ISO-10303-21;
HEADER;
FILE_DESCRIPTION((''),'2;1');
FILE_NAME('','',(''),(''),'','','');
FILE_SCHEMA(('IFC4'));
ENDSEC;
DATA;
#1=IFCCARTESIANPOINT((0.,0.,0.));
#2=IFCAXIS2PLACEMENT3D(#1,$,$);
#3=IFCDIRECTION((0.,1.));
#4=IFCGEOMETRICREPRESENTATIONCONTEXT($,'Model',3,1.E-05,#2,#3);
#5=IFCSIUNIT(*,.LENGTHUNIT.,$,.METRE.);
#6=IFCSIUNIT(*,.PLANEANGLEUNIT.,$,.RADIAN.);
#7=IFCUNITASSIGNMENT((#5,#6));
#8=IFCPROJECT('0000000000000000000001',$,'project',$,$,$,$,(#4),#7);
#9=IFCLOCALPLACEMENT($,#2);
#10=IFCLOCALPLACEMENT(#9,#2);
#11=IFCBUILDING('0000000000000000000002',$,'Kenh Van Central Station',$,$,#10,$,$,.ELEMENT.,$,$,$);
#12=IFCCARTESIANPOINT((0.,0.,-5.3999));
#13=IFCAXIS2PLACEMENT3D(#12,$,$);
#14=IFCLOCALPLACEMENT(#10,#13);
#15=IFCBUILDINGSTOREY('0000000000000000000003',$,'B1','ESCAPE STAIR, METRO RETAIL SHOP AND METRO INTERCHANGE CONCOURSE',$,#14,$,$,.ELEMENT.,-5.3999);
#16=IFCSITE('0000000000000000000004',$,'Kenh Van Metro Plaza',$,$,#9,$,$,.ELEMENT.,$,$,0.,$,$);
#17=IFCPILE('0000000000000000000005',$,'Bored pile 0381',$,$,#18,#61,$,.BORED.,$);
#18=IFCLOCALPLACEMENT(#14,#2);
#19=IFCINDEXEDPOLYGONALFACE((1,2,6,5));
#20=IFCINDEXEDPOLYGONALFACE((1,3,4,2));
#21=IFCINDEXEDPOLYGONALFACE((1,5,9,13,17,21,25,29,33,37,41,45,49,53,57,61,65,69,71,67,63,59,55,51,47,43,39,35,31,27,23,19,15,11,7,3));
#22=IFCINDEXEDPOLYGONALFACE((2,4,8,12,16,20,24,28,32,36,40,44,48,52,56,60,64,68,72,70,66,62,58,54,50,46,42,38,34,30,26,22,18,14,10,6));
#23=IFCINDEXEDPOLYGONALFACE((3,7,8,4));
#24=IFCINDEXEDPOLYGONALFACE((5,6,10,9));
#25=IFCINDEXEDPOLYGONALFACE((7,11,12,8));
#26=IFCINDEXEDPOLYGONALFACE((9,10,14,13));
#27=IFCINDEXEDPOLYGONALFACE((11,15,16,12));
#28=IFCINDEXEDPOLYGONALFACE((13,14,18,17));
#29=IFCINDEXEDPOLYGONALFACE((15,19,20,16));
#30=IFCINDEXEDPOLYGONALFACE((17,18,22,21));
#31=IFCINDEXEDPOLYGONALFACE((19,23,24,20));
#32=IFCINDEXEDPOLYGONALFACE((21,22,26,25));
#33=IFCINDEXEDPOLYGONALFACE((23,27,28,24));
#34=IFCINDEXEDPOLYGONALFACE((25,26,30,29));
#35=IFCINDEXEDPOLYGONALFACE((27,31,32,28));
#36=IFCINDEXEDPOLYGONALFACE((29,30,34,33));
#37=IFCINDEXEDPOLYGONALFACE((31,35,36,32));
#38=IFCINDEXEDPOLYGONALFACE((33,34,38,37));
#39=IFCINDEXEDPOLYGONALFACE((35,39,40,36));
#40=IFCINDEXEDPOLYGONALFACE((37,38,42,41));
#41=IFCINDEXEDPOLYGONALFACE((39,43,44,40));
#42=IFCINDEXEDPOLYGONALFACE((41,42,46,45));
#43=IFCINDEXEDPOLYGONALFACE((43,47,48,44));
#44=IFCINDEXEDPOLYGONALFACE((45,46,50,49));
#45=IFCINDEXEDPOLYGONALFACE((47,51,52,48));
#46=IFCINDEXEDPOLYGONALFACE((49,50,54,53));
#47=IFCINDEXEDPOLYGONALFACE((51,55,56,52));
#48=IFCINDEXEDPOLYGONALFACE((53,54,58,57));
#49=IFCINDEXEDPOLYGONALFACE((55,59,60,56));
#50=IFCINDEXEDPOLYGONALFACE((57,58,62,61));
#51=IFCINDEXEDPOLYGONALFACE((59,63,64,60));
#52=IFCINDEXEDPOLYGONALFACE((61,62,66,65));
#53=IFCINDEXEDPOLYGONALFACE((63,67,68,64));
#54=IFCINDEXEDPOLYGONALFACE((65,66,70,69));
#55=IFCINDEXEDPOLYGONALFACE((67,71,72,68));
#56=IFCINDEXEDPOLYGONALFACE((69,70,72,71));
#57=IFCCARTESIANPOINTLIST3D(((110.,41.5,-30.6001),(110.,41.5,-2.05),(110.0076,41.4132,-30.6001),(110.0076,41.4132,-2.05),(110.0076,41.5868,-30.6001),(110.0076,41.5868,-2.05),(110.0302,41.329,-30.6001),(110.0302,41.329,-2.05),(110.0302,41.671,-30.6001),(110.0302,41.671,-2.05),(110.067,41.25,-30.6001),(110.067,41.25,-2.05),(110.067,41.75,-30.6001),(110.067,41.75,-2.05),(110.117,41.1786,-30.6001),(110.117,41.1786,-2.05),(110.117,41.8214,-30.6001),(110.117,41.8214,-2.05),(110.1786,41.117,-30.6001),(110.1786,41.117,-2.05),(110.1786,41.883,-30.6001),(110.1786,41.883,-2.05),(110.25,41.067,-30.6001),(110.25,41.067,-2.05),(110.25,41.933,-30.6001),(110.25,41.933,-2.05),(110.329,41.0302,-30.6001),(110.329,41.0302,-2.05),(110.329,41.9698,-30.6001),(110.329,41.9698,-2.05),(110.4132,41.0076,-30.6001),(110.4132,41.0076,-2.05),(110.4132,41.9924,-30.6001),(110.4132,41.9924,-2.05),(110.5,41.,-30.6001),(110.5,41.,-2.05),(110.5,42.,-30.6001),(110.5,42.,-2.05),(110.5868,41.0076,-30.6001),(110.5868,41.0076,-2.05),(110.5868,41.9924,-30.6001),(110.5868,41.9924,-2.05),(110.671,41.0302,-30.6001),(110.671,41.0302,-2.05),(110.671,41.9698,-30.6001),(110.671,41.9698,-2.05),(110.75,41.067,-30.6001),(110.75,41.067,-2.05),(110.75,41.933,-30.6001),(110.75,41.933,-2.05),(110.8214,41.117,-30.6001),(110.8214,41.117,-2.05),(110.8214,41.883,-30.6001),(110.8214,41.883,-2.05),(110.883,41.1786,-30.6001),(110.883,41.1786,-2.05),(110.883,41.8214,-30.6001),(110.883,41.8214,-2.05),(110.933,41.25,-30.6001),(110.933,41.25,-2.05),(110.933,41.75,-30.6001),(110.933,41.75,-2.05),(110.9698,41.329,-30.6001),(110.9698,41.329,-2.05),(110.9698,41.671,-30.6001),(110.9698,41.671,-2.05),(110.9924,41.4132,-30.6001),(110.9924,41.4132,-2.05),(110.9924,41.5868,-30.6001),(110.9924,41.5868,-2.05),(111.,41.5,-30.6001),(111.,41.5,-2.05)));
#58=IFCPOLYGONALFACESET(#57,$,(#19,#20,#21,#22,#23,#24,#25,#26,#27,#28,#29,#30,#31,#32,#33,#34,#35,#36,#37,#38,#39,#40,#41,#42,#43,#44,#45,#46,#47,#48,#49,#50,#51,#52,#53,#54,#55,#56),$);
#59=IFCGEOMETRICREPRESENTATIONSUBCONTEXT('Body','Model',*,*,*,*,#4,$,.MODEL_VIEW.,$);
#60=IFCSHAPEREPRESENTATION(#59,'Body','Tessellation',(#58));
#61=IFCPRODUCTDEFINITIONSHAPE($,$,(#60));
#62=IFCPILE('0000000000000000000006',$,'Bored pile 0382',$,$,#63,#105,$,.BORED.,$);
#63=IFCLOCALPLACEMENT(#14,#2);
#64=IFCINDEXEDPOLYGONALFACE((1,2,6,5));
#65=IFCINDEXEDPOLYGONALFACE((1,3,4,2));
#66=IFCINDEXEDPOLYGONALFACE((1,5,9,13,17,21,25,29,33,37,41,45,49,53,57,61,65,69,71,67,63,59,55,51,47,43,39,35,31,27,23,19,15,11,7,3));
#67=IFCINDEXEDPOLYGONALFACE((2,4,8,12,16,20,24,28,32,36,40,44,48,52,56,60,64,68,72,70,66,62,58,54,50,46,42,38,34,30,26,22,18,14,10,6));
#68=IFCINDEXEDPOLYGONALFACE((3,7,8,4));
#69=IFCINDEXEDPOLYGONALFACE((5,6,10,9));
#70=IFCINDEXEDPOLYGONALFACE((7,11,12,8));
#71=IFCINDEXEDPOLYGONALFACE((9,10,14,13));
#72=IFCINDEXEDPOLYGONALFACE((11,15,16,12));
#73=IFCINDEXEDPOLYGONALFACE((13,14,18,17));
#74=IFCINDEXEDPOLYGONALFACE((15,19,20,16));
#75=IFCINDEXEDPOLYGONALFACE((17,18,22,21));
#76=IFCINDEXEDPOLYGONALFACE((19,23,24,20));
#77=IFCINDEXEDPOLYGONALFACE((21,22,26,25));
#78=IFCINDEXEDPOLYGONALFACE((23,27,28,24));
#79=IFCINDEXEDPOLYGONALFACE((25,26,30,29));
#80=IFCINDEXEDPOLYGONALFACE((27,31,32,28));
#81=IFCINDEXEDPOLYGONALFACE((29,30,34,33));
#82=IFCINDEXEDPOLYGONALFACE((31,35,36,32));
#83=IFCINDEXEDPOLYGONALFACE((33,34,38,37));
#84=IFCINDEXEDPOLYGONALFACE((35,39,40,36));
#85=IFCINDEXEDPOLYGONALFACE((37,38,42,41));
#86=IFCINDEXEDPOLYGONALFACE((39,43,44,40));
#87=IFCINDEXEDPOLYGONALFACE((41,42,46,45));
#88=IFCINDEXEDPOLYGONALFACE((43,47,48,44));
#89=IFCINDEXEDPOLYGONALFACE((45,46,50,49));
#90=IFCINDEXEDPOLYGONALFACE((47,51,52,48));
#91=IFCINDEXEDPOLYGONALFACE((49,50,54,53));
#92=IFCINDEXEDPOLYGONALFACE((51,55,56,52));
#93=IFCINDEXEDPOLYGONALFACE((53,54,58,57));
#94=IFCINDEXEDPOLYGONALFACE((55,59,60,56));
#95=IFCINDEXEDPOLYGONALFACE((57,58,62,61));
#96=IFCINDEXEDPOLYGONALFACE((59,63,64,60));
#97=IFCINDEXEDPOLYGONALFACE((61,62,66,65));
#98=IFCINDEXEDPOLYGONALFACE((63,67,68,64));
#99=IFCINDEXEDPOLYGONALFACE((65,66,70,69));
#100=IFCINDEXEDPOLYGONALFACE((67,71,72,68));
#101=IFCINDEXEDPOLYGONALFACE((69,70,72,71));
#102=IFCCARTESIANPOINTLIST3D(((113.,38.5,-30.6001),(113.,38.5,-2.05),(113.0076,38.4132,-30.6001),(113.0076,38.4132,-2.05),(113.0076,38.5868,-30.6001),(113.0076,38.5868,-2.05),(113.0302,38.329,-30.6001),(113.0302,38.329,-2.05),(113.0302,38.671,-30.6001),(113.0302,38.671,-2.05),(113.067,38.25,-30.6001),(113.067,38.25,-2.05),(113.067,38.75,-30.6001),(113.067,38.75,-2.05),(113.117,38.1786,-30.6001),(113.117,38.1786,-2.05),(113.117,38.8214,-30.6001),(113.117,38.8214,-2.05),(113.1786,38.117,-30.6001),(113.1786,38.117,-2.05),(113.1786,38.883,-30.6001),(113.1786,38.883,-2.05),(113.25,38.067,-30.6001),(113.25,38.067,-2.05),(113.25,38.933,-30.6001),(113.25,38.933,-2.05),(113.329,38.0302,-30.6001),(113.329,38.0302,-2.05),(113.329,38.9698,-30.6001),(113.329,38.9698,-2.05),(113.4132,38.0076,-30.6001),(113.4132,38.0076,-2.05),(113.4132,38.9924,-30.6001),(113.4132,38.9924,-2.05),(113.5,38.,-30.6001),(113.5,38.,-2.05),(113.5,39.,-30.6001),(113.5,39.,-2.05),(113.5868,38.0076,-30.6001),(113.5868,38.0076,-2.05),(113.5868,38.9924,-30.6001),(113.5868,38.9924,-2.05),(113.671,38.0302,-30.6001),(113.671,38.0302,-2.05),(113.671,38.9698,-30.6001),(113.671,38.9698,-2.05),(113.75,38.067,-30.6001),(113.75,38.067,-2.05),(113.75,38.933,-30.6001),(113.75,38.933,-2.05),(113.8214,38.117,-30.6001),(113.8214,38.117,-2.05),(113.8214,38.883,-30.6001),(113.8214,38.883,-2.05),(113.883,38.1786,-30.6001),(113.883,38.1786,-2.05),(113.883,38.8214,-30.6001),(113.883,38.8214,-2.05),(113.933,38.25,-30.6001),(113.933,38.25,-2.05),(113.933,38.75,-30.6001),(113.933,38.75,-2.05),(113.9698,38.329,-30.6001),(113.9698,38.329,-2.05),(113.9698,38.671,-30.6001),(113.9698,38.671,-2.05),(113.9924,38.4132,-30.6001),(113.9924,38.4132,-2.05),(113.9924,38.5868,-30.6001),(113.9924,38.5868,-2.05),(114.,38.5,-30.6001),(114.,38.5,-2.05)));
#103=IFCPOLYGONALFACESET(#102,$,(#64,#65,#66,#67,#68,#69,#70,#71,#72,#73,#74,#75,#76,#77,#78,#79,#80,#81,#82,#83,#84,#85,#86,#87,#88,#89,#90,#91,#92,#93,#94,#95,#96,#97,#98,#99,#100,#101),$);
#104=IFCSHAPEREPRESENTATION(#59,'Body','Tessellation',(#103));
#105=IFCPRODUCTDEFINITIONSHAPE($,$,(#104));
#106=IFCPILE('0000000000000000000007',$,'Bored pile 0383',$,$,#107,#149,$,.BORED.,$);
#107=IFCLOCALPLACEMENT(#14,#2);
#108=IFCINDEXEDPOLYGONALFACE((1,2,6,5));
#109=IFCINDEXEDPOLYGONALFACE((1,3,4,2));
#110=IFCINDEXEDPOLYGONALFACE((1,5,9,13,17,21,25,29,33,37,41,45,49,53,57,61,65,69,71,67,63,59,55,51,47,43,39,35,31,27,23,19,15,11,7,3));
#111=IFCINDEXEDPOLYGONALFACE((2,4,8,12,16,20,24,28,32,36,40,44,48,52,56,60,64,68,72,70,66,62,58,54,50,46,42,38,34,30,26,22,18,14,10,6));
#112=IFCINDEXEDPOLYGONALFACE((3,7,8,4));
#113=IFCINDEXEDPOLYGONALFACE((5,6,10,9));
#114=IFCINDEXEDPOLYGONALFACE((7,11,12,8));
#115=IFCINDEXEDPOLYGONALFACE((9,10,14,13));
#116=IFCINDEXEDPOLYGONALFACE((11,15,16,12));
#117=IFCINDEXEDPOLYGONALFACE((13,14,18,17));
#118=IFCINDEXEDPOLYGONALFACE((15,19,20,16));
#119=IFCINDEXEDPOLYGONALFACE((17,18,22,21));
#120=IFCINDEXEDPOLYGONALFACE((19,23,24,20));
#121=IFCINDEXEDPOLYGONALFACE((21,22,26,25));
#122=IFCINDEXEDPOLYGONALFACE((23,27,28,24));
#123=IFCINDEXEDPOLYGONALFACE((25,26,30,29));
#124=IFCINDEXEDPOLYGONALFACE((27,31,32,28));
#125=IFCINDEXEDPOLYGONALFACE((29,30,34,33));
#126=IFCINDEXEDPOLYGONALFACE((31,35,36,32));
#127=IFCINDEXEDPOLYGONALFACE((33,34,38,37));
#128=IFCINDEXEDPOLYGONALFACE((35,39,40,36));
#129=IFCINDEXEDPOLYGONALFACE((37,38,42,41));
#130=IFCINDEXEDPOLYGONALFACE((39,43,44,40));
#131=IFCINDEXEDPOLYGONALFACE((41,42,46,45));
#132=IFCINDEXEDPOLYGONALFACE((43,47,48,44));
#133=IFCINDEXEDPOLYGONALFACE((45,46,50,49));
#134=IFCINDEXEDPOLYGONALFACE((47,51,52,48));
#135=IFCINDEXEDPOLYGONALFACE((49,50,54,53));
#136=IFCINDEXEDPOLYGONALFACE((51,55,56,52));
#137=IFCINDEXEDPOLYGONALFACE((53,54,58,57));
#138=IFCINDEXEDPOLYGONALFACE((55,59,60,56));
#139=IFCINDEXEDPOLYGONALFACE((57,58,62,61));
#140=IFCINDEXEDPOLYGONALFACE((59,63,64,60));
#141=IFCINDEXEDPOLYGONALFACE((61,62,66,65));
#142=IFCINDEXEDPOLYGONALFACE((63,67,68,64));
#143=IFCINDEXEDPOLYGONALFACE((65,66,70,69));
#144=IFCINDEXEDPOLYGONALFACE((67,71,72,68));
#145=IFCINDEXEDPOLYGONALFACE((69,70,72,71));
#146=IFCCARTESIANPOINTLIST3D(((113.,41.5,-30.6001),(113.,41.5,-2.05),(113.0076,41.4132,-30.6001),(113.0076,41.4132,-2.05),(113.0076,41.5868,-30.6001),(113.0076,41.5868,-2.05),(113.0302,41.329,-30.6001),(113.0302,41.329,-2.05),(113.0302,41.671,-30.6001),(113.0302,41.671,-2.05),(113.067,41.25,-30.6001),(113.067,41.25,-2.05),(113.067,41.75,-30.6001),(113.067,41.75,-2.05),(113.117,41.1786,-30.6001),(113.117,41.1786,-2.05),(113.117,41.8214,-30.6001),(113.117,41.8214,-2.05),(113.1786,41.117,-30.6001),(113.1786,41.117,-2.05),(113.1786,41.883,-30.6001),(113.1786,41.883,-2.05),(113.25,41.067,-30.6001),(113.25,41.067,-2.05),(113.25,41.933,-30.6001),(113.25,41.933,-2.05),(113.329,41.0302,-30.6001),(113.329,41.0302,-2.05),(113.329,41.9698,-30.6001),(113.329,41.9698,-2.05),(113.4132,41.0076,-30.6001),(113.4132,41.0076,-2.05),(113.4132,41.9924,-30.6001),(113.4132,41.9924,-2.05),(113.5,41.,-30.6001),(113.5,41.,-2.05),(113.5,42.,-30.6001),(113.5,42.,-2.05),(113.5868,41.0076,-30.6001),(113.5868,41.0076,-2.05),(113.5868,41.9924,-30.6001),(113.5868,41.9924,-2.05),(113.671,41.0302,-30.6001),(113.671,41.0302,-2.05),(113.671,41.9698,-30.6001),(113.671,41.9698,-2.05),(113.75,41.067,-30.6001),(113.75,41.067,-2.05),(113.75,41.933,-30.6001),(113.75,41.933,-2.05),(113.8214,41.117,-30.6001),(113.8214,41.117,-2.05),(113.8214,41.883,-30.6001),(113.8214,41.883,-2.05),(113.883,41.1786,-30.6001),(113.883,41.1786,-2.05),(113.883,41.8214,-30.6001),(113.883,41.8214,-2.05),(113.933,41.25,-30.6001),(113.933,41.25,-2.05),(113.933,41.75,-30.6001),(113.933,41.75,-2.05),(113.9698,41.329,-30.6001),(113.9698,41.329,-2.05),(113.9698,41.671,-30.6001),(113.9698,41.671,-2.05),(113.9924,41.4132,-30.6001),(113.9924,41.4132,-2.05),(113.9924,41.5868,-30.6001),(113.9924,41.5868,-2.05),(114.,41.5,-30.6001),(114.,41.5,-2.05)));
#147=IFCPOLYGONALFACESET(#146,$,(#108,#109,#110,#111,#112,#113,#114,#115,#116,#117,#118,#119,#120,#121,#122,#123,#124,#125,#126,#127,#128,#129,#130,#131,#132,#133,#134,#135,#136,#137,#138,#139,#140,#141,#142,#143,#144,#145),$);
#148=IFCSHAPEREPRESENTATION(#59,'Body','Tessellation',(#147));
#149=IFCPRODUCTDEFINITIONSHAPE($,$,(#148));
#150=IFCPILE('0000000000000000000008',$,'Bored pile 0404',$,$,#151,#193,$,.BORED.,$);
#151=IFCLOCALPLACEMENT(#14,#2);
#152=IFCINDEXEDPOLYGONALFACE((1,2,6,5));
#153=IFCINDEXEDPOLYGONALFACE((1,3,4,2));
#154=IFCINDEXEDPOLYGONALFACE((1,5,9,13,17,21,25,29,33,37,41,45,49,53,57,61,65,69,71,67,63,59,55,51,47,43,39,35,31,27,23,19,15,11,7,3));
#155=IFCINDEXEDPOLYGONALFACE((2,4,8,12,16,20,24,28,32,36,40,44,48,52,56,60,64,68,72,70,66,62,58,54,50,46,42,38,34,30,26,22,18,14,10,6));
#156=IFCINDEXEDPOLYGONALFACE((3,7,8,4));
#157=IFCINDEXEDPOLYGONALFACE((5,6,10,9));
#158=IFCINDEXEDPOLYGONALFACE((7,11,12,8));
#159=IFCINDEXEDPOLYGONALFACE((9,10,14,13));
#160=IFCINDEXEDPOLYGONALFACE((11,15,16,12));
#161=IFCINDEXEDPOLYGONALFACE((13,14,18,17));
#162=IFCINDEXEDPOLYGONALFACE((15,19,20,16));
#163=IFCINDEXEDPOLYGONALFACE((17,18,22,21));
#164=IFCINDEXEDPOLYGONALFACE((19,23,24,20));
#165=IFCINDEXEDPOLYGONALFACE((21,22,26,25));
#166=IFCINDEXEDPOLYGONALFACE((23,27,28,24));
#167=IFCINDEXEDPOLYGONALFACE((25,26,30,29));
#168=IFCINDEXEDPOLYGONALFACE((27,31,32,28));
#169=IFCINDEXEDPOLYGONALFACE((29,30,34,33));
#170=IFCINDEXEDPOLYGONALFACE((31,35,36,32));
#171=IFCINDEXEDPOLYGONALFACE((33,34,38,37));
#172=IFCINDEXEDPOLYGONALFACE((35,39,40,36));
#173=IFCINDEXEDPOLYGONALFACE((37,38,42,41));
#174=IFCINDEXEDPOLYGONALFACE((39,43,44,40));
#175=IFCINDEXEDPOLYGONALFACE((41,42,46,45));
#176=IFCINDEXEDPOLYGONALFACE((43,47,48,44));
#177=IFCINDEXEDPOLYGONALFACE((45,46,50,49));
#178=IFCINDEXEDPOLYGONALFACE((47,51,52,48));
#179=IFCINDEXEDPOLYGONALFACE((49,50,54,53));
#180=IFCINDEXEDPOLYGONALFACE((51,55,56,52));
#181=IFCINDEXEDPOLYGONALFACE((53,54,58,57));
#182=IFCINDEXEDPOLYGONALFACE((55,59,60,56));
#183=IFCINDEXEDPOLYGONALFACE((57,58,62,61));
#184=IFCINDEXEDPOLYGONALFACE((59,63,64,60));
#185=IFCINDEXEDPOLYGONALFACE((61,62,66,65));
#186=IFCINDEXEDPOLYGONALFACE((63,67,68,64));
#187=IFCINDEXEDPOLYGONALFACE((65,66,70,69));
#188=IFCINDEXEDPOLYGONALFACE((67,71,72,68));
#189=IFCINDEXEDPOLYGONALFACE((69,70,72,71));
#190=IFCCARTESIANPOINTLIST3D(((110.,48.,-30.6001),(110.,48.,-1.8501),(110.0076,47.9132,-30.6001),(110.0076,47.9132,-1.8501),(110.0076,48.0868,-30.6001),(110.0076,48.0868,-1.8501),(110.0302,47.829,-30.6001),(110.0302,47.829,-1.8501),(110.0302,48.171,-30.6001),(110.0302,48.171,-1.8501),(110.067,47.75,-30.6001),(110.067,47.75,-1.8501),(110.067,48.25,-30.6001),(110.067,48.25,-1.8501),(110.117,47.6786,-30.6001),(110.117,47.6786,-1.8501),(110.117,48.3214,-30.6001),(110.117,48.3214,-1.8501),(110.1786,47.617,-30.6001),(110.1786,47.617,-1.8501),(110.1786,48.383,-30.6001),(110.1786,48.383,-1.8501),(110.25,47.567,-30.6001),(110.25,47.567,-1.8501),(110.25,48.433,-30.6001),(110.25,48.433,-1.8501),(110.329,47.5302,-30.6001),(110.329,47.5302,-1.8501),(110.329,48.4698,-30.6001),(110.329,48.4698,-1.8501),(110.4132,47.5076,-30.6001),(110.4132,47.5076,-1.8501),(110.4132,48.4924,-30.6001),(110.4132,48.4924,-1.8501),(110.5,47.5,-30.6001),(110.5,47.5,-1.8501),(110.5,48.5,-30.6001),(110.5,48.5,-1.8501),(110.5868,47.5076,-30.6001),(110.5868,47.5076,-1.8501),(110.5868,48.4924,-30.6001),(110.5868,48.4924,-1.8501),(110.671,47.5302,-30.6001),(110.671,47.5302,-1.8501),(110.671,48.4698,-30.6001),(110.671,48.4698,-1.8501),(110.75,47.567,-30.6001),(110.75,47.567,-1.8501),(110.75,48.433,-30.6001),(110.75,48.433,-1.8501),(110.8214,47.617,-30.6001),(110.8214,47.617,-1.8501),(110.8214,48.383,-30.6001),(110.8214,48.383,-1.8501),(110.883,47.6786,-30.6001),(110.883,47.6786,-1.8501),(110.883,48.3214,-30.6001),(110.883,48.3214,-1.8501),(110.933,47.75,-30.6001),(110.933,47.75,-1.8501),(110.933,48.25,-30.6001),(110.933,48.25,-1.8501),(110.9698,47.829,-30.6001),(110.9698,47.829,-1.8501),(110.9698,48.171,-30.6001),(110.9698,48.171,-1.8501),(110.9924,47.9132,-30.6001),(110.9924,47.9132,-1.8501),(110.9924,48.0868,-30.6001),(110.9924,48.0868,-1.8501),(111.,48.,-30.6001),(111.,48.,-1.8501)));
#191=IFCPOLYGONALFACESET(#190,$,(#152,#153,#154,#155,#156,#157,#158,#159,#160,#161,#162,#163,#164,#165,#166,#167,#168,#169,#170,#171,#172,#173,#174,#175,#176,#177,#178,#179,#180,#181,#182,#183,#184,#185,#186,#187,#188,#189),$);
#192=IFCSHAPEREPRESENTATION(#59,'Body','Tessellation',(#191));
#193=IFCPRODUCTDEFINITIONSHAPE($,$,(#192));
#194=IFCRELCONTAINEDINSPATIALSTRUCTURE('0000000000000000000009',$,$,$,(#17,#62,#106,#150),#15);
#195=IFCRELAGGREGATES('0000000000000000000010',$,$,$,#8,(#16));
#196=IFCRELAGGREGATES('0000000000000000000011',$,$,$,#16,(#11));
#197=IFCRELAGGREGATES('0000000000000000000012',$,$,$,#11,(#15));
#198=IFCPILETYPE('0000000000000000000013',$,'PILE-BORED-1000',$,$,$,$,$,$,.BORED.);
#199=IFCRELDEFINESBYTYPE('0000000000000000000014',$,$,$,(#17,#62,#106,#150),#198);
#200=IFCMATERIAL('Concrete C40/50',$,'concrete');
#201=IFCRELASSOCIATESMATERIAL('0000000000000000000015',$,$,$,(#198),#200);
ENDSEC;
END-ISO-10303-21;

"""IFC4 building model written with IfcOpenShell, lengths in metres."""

from ifc_helpers import new_model, si_unit, direction, frame, origin, origin_2d, place, context, subcontext, project, spatial, circle, extrude, material, material_profile, profile_set, type_object, element, save


model = new_model("IFC4")

# Units and contexts
model_context = context("Model", 3, precision=1e-05, world=origin(), true_north=direction((0.0, 1.0)))
body_context = subcontext(model_context, "Body", "Model", "MODEL_VIEW")
ifc_project = project(units=[si_unit("LENGTHUNIT", "METRE"), si_unit("PLANEANGLEUNIT", "RADIAN")], contexts=[model_context])

# Site, building, storey
site_placement = place(None, origin())
site = spatial("IfcSite", under=ifc_project, at=site_placement, Name="Kenh Van Metro Plaza", CompositionType="ELEMENT", RefElevation=0.0)
building_placement = place(site_placement, origin())
building = spatial("IfcBuilding", under=site, at=building_placement, Name="Kenh Van Central Station", CompositionType="ELEMENT")
storey_placement = place(building_placement, frame((0.0, 0.0, -5.3999)))
storey = spatial("IfcBuildingStorey", under=building, at=storey_placement, Name="B1", Description="ESCAPE STAIR, METRO RETAIL SHOP AND METRO INTERCHANGE CONCOURSE", CompositionType="ELEMENT", Elevation=-5.3999)

# Shared definitions
ifc_material_1 = material(Name="Concrete C40/50", Category="concrete")

# Piles
ifc_material_profile_1 = material_profile(ifc_material_1, circle(Radius=0.5, at=origin_2d()), Name="PILE D1000")
ifc_profile_set_1 = profile_set([ifc_material_profile_1], Name="Concrete C40/50")
pile_type_1 = type_object("IfcPileType", Name="PILE-BORED-1000", PredefinedType="BORED", material=ifc_profile_set_1)
for number, where, z_axis, x_axis, name in (
    (1, (110.5, 41.5, -2.05), (0.0, 0.0, -1.0), (1.0, 0.0, 0.0), "Bored pile 0381"),
    (2, (113.5, 38.5, -2.05), (0.0, 0.0, -1.0), (1.0, 0.0, 0.0), "Bored pile 0382"),
    (3, (113.5, 41.5, -2.05), (0.0, 0.0, -1.0), (1.0, 0.0, 0.0), "Bored pile 0383"),
):
    element("IfcPile", number, at=place(storey_placement, frame(where, z_axis=z_axis, x_axis=x_axis)), inside=storey, type_object=pile_type_1, Name=name, PredefinedType="BORED", context=body_context, shape_type="SweptSolid", body=[
        extrude(circle(Radius=0.5, at=origin_2d()), origin(), (0.0, 0.0, 1.0), 28.55),
    ])
for number, where, z_axis, x_axis, name in (
    (4, (110.5, 48.0, -1.8501), (0.0, 0.0, -1.0), (1.0, 0.0, 0.0), "Bored pile 0404"),
):
    element("IfcPile", number, at=place(storey_placement, frame(where, z_axis=z_axis, x_axis=x_axis)), inside=storey, type_object=pile_type_1, Name=name, PredefinedType="BORED", context=body_context, shape_type="SweptSolid", body=[
        extrude(circle(Radius=0.5, at=origin_2d()), origin(), (0.0, 0.0, 1.0), 28.75),
    ])

save(model, "model.ifc")
